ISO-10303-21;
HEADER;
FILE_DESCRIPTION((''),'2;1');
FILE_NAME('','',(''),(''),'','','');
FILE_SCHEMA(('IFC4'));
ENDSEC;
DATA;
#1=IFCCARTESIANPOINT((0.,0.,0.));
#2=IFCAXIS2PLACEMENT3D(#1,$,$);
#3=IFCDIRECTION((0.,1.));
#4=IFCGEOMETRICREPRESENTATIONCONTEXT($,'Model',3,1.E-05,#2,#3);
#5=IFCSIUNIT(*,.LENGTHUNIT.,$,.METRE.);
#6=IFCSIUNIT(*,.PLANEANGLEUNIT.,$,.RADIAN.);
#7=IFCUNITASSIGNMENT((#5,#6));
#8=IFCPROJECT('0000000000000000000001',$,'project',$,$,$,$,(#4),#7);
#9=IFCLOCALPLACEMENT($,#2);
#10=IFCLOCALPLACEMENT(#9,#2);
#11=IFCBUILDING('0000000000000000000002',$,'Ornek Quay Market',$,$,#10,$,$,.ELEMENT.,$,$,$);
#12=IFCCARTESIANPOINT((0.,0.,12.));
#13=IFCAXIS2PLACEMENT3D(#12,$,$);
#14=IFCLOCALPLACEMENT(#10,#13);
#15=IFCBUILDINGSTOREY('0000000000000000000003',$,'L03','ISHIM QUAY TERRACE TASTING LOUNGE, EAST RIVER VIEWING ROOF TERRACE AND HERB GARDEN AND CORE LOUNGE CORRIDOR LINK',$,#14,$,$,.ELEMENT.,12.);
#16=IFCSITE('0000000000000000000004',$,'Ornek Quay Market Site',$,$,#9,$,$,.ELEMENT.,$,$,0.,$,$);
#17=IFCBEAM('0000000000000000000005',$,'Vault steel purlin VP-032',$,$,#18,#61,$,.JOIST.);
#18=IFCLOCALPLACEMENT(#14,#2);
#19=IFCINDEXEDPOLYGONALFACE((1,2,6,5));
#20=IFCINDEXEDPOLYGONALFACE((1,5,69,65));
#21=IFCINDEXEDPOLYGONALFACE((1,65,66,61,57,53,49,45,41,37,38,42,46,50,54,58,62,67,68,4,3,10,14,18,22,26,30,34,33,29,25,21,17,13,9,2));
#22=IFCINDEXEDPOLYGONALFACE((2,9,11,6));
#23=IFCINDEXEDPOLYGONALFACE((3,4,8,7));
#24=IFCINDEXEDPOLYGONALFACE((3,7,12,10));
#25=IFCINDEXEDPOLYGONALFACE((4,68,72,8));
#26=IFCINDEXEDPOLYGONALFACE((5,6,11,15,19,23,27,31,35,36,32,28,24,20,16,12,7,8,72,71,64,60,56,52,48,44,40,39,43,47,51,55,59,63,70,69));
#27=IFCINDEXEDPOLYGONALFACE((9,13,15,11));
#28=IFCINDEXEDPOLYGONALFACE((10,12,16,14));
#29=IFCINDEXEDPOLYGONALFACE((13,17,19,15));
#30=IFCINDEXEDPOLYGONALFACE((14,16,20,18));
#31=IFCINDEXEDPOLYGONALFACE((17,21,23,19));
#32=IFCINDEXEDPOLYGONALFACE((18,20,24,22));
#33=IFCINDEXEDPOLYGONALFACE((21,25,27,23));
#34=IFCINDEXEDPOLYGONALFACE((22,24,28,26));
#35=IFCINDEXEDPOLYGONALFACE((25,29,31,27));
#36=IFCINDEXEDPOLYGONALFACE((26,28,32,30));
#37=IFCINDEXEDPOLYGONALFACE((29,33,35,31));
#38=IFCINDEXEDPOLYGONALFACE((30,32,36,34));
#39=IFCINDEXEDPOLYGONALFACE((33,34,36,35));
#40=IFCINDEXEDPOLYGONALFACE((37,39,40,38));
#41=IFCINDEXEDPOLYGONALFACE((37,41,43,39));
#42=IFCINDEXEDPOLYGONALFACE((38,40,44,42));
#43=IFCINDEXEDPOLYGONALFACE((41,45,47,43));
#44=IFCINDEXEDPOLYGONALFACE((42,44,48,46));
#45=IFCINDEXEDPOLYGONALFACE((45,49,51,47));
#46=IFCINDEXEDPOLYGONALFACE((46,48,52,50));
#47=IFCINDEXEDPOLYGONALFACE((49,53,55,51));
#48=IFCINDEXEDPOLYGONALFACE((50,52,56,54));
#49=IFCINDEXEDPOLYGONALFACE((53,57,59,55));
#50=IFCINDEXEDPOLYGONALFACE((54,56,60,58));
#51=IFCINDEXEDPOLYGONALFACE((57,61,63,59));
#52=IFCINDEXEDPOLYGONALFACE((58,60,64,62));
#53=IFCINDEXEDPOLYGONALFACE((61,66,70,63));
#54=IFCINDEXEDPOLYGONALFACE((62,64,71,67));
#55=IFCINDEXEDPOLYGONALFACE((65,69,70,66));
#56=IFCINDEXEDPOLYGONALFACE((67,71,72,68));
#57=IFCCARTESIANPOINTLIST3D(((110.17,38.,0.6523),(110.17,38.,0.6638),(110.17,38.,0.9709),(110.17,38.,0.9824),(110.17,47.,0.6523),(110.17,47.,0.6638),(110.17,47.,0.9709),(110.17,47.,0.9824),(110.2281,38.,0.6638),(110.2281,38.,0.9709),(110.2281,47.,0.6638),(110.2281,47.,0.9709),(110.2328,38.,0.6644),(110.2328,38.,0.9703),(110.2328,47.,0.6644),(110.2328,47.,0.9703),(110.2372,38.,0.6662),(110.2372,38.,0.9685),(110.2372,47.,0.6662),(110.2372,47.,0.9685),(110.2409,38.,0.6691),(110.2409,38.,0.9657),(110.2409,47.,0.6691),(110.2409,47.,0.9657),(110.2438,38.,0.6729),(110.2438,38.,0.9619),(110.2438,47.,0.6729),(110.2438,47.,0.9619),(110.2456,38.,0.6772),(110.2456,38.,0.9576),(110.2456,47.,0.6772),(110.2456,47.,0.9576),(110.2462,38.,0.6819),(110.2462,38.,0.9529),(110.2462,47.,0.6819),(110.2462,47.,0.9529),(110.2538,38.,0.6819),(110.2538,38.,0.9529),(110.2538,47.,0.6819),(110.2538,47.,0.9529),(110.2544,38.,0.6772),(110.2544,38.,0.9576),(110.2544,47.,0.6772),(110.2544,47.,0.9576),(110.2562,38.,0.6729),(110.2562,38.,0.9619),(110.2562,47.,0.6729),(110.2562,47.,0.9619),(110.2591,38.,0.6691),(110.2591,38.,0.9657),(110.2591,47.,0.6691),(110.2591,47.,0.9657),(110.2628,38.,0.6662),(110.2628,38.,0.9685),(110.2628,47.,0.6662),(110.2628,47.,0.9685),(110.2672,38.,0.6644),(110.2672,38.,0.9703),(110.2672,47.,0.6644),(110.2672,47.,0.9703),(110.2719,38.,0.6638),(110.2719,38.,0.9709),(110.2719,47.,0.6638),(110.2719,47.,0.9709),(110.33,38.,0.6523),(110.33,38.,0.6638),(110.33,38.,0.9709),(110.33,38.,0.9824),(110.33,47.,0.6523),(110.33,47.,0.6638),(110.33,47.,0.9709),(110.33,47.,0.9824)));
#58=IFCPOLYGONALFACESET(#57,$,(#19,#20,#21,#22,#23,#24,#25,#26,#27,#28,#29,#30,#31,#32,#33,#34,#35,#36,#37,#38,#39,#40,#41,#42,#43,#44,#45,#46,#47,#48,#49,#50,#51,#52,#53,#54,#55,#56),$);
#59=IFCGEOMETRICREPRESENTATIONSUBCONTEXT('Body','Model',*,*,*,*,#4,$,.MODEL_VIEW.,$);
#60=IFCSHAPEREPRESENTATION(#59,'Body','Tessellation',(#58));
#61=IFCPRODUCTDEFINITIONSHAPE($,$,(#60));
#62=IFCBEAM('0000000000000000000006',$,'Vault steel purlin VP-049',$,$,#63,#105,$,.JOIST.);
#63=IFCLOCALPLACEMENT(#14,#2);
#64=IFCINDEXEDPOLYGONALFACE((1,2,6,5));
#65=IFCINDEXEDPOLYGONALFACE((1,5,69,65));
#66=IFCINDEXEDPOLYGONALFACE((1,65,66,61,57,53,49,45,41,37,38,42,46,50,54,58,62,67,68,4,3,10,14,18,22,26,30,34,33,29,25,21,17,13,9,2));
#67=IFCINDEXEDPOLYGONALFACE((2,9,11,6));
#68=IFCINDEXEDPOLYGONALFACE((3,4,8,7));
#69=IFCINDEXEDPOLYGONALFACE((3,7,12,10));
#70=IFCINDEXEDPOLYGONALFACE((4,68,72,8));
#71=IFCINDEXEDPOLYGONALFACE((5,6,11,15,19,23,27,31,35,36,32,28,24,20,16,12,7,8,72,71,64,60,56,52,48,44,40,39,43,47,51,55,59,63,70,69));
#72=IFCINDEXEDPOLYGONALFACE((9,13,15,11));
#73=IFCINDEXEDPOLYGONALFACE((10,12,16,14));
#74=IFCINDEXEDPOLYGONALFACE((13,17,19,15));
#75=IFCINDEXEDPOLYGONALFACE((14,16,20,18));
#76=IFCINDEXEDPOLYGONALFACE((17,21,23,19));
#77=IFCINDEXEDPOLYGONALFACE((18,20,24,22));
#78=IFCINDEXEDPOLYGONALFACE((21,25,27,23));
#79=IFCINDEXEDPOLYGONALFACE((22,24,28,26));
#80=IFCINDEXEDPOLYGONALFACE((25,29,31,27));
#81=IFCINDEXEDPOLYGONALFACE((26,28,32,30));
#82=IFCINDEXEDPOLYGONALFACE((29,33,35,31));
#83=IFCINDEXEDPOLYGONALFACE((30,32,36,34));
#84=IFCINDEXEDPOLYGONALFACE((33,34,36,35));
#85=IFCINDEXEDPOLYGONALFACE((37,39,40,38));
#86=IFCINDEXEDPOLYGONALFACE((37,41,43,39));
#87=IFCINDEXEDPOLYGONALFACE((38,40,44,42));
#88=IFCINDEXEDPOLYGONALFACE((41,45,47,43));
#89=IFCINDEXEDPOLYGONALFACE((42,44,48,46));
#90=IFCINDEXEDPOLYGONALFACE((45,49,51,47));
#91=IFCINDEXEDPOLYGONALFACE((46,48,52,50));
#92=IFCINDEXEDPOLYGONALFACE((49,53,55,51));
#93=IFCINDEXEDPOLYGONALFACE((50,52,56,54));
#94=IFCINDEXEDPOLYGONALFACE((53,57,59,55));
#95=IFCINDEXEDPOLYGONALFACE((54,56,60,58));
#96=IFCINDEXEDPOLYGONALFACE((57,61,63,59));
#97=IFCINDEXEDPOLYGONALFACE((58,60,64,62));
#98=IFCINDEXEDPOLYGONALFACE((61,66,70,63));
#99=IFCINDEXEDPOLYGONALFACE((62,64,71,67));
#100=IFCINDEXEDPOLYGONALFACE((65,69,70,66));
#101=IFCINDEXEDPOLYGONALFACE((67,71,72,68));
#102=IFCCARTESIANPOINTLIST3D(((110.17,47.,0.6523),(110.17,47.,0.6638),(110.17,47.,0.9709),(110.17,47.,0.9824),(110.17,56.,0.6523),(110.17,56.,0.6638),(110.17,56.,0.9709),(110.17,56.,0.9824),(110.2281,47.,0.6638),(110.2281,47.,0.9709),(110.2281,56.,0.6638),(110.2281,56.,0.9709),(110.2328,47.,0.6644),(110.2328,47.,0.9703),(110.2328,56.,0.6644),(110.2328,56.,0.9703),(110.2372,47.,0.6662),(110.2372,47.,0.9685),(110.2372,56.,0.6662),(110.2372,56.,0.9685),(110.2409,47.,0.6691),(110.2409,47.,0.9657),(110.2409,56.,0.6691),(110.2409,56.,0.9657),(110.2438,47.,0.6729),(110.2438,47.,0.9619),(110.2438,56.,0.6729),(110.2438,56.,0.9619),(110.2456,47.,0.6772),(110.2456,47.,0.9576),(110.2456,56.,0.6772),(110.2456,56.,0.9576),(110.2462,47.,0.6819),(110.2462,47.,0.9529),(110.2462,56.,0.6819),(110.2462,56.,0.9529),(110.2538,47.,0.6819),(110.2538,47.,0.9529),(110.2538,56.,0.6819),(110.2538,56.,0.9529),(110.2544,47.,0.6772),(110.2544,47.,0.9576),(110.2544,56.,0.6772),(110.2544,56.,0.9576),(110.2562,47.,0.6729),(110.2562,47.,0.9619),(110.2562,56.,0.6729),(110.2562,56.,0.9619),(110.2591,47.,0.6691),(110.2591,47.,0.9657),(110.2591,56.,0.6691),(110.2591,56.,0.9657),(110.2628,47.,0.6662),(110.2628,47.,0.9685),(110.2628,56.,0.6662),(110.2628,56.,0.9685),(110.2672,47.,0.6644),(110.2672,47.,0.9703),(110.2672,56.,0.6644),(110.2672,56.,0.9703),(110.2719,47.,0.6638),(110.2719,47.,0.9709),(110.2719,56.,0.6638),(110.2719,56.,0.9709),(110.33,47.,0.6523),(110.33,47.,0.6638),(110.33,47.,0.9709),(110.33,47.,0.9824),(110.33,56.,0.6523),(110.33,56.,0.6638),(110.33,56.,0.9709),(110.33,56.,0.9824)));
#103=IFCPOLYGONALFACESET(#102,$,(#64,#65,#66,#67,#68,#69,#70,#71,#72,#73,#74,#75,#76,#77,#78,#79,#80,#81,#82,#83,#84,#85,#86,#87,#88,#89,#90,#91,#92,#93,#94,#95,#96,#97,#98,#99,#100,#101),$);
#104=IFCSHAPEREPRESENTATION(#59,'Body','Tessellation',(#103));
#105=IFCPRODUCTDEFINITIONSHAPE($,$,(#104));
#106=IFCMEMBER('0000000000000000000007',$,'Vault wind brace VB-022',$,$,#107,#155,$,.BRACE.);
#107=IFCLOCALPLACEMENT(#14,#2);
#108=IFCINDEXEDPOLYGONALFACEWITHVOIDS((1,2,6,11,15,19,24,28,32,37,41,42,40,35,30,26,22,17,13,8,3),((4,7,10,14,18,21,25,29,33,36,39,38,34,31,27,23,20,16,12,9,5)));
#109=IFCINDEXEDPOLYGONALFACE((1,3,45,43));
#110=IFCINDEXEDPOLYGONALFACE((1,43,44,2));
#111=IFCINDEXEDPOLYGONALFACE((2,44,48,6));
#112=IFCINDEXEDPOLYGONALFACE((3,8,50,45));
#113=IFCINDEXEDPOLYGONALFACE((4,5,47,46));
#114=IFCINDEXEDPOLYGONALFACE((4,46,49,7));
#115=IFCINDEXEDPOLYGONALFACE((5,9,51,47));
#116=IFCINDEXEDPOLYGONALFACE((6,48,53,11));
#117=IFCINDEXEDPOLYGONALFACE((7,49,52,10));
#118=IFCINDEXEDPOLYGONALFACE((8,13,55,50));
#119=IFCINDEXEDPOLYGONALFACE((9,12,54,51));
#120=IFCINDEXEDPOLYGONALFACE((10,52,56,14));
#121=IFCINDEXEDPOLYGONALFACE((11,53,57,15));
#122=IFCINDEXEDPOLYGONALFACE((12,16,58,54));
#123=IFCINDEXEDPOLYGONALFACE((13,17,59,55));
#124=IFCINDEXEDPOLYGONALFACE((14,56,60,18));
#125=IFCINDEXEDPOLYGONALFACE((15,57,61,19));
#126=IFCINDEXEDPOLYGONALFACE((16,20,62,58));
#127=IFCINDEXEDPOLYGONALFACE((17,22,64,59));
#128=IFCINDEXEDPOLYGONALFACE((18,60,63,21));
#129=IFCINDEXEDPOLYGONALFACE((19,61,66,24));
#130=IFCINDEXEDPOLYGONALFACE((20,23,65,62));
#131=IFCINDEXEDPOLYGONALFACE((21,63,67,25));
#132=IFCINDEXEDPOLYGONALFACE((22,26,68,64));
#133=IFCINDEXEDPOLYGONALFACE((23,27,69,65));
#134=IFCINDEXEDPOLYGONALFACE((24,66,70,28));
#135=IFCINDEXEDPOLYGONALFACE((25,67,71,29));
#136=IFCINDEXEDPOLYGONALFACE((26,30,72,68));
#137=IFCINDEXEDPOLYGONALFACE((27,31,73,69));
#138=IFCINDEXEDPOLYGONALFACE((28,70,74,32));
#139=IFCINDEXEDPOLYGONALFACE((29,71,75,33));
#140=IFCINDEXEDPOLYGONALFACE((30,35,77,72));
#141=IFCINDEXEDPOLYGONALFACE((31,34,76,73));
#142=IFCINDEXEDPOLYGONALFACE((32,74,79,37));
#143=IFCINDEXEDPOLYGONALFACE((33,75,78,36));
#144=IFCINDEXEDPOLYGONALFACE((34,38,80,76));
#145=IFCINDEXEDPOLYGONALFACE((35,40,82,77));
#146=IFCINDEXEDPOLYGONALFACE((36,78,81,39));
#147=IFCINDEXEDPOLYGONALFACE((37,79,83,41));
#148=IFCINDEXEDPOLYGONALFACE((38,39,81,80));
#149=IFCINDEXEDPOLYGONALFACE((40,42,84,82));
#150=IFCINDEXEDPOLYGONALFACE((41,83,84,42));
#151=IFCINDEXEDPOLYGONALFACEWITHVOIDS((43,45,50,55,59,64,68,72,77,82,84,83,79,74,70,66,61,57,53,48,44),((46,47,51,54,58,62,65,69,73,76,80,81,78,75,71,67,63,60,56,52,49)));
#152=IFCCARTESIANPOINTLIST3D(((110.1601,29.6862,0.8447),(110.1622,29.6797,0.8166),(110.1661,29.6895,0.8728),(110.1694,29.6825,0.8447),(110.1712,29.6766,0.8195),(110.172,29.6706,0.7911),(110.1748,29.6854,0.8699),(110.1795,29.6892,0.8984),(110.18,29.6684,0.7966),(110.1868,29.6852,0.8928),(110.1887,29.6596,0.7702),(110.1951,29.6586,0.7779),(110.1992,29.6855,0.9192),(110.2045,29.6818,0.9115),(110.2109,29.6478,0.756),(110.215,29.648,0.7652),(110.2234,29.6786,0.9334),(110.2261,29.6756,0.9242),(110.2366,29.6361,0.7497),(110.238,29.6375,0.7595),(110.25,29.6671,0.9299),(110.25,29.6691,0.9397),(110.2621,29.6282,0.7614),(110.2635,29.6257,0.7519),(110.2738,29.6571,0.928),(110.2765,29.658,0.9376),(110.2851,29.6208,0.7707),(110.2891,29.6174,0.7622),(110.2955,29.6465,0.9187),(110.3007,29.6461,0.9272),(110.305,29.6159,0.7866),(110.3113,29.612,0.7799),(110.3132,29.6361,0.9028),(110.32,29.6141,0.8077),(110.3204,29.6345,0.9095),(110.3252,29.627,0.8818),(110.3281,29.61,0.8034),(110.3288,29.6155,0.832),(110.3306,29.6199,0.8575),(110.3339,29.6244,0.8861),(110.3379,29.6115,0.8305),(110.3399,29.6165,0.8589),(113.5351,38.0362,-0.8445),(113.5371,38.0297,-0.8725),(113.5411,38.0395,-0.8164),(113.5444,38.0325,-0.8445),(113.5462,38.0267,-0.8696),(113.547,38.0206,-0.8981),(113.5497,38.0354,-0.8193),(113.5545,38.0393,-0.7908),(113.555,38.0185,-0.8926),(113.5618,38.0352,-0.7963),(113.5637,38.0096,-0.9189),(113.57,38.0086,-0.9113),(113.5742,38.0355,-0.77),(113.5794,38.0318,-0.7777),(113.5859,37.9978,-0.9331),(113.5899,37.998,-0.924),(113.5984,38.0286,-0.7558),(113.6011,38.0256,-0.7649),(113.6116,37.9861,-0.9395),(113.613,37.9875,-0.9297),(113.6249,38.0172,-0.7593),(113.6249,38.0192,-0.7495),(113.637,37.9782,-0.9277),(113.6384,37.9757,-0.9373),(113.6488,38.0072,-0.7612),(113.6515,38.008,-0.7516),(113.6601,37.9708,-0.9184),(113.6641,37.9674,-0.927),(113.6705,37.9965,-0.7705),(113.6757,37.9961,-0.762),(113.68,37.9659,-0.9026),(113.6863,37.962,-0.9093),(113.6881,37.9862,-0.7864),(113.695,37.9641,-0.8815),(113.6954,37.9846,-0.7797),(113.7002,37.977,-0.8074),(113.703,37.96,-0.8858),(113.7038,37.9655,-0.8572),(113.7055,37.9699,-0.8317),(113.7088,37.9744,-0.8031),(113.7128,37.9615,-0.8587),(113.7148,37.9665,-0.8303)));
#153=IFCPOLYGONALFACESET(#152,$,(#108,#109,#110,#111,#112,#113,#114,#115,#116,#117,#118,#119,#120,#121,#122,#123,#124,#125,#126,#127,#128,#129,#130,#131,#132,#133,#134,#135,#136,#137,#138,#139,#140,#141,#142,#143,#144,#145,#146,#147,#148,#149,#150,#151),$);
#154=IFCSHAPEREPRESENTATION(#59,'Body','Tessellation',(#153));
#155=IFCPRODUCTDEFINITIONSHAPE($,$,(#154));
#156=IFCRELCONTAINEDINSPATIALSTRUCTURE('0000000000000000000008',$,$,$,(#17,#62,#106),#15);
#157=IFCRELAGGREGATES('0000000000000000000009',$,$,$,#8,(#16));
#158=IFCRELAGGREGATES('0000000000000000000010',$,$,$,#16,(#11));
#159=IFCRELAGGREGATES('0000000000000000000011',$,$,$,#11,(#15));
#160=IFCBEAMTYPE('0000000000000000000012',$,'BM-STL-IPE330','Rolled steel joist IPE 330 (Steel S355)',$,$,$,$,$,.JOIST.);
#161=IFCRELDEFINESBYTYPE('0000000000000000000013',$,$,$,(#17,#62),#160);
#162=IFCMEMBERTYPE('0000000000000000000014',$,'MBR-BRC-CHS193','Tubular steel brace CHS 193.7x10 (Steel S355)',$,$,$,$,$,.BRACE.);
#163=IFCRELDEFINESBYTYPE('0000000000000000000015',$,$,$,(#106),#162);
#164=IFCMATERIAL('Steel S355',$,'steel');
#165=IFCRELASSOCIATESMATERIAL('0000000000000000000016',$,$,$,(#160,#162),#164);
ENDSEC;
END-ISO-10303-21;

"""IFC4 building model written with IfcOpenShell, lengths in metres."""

from ifc_helpers import new_model, si_unit, direction, frame, origin, origin_2d, place, context, subcontext, project, spatial, hollow_circle, i_section, extrude, material, material_profile, profile_set, type_object, element, save


model = new_model("IFC4")

# Units and contexts
model_context = context("Model", 3, precision=1e-05, world=origin(), true_north=direction((0.0, 1.0)))
body_context = subcontext(model_context, "Body", "Model", "MODEL_VIEW")
ifc_project = project(units=[si_unit("LENGTHUNIT", "METRE"), si_unit("PLANEANGLEUNIT", "RADIAN")], contexts=[model_context])

# Site, building, storey
site_placement = place(None, origin())
site = spatial("IfcSite", under=ifc_project, at=site_placement, Name="Ornek Quay Market Site", CompositionType="ELEMENT", RefElevation=0.0)
building_placement = place(site_placement, origin())
building = spatial("IfcBuilding", under=site, at=building_placement, Name="Ornek Quay Market", CompositionType="ELEMENT")
storey_placement = place(building_placement, frame((0.0, 0.0, 12.0)))
storey = spatial("IfcBuildingStorey", under=building, at=storey_placement, Name="L03", Description="ISHIM QUAY TERRACE TASTING LOUNGE, EAST RIVER VIEWING ROOF TERRACE AND HERB GARDEN AND CORE LOUNGE CORRIDOR LINK", CompositionType="ELEMENT", Elevation=12.0)

# Beams
ifc_material_1 = material(Name="Steel S355", Category="steel")
ifc_material_profile_1 = material_profile(ifc_material_1, i_section(OverallWidth=0.1599, OverallDepth=0.3301, WebThickness=0.0076, FlangeThickness=0.0115, FilletRadius=0.0181, at=origin_2d()), Name="IPE 330", Category="steel")
ifc_profile_set_1 = profile_set([ifc_material_profile_1], Name="Steel S355")
beam_type_1 = type_object("IfcBeamType", Name="BM-STL-IPE330", Description="Rolled steel joist IPE 330 (Steel S355)", PredefinedType="JOIST", material=ifc_profile_set_1)
for number, where, z_axis, x_axis, name in (
    (1, (110.25, 38.0, 0.8174), (0.0, 1.0, 0.0), (-1.0, 0.0, 0.0), "Vault steel purlin VP-032"),
    (2, (110.25, 47.0, 0.8174), (0.0, 1.0, 0.0), (-1.0, 0.0, 0.0), "Vault steel purlin VP-049"),
):
    element("IfcBeam", number, at=place(storey_placement, frame(where, z_axis=z_axis, x_axis=x_axis)), inside=storey, type_object=beam_type_1, Name=name, PredefinedType="JOIST", context=body_context, shape_type="SweptSolid", body=[
        extrude(i_section(OverallWidth=0.1599, OverallDepth=0.3301, WebThickness=0.0076, FlangeThickness=0.0115, FilletRadius=0.0181, at=origin_2d()), origin(), (0.0, 0.0, 1.0), 9.0),
    ])

# Member
ifc_material_profile_2 = material_profile(ifc_material_1, hollow_circle(Radius=0.0969, WallThickness=0.01, at=origin_2d()), Name="CHS 193.7x10", Category="steel")
ifc_profile_set_2 = profile_set([ifc_material_profile_2], Name="Steel S355")
member_type = type_object("IfcMemberType", Name="MBR-BRC-CHS193", Description="Tubular steel brace CHS 193.7x10 (Steel S355)", PredefinedType="BRACE", material=ifc_profile_set_2)
member_1_placement = place(storey_placement, frame((110.25, 29.6499, 0.8447), z_axis=(0.368312, 0.911243, -0.184343), x_axis=(-0.927132, 0.374735, 0.0)))
element("IfcMember", 3, at=member_1_placement, inside=storey, type_object=member_type, Name="Vault wind brace VB-022", PredefinedType="BRACE", context=body_context, shape_type="SweptSolid", body=[
    extrude(hollow_circle(Radius=0.0969, WallThickness=0.01, at=origin_2d()), origin(), (0.0, 0.0, 1.0), 9.1633),
])

save(model, "model.ifc")
